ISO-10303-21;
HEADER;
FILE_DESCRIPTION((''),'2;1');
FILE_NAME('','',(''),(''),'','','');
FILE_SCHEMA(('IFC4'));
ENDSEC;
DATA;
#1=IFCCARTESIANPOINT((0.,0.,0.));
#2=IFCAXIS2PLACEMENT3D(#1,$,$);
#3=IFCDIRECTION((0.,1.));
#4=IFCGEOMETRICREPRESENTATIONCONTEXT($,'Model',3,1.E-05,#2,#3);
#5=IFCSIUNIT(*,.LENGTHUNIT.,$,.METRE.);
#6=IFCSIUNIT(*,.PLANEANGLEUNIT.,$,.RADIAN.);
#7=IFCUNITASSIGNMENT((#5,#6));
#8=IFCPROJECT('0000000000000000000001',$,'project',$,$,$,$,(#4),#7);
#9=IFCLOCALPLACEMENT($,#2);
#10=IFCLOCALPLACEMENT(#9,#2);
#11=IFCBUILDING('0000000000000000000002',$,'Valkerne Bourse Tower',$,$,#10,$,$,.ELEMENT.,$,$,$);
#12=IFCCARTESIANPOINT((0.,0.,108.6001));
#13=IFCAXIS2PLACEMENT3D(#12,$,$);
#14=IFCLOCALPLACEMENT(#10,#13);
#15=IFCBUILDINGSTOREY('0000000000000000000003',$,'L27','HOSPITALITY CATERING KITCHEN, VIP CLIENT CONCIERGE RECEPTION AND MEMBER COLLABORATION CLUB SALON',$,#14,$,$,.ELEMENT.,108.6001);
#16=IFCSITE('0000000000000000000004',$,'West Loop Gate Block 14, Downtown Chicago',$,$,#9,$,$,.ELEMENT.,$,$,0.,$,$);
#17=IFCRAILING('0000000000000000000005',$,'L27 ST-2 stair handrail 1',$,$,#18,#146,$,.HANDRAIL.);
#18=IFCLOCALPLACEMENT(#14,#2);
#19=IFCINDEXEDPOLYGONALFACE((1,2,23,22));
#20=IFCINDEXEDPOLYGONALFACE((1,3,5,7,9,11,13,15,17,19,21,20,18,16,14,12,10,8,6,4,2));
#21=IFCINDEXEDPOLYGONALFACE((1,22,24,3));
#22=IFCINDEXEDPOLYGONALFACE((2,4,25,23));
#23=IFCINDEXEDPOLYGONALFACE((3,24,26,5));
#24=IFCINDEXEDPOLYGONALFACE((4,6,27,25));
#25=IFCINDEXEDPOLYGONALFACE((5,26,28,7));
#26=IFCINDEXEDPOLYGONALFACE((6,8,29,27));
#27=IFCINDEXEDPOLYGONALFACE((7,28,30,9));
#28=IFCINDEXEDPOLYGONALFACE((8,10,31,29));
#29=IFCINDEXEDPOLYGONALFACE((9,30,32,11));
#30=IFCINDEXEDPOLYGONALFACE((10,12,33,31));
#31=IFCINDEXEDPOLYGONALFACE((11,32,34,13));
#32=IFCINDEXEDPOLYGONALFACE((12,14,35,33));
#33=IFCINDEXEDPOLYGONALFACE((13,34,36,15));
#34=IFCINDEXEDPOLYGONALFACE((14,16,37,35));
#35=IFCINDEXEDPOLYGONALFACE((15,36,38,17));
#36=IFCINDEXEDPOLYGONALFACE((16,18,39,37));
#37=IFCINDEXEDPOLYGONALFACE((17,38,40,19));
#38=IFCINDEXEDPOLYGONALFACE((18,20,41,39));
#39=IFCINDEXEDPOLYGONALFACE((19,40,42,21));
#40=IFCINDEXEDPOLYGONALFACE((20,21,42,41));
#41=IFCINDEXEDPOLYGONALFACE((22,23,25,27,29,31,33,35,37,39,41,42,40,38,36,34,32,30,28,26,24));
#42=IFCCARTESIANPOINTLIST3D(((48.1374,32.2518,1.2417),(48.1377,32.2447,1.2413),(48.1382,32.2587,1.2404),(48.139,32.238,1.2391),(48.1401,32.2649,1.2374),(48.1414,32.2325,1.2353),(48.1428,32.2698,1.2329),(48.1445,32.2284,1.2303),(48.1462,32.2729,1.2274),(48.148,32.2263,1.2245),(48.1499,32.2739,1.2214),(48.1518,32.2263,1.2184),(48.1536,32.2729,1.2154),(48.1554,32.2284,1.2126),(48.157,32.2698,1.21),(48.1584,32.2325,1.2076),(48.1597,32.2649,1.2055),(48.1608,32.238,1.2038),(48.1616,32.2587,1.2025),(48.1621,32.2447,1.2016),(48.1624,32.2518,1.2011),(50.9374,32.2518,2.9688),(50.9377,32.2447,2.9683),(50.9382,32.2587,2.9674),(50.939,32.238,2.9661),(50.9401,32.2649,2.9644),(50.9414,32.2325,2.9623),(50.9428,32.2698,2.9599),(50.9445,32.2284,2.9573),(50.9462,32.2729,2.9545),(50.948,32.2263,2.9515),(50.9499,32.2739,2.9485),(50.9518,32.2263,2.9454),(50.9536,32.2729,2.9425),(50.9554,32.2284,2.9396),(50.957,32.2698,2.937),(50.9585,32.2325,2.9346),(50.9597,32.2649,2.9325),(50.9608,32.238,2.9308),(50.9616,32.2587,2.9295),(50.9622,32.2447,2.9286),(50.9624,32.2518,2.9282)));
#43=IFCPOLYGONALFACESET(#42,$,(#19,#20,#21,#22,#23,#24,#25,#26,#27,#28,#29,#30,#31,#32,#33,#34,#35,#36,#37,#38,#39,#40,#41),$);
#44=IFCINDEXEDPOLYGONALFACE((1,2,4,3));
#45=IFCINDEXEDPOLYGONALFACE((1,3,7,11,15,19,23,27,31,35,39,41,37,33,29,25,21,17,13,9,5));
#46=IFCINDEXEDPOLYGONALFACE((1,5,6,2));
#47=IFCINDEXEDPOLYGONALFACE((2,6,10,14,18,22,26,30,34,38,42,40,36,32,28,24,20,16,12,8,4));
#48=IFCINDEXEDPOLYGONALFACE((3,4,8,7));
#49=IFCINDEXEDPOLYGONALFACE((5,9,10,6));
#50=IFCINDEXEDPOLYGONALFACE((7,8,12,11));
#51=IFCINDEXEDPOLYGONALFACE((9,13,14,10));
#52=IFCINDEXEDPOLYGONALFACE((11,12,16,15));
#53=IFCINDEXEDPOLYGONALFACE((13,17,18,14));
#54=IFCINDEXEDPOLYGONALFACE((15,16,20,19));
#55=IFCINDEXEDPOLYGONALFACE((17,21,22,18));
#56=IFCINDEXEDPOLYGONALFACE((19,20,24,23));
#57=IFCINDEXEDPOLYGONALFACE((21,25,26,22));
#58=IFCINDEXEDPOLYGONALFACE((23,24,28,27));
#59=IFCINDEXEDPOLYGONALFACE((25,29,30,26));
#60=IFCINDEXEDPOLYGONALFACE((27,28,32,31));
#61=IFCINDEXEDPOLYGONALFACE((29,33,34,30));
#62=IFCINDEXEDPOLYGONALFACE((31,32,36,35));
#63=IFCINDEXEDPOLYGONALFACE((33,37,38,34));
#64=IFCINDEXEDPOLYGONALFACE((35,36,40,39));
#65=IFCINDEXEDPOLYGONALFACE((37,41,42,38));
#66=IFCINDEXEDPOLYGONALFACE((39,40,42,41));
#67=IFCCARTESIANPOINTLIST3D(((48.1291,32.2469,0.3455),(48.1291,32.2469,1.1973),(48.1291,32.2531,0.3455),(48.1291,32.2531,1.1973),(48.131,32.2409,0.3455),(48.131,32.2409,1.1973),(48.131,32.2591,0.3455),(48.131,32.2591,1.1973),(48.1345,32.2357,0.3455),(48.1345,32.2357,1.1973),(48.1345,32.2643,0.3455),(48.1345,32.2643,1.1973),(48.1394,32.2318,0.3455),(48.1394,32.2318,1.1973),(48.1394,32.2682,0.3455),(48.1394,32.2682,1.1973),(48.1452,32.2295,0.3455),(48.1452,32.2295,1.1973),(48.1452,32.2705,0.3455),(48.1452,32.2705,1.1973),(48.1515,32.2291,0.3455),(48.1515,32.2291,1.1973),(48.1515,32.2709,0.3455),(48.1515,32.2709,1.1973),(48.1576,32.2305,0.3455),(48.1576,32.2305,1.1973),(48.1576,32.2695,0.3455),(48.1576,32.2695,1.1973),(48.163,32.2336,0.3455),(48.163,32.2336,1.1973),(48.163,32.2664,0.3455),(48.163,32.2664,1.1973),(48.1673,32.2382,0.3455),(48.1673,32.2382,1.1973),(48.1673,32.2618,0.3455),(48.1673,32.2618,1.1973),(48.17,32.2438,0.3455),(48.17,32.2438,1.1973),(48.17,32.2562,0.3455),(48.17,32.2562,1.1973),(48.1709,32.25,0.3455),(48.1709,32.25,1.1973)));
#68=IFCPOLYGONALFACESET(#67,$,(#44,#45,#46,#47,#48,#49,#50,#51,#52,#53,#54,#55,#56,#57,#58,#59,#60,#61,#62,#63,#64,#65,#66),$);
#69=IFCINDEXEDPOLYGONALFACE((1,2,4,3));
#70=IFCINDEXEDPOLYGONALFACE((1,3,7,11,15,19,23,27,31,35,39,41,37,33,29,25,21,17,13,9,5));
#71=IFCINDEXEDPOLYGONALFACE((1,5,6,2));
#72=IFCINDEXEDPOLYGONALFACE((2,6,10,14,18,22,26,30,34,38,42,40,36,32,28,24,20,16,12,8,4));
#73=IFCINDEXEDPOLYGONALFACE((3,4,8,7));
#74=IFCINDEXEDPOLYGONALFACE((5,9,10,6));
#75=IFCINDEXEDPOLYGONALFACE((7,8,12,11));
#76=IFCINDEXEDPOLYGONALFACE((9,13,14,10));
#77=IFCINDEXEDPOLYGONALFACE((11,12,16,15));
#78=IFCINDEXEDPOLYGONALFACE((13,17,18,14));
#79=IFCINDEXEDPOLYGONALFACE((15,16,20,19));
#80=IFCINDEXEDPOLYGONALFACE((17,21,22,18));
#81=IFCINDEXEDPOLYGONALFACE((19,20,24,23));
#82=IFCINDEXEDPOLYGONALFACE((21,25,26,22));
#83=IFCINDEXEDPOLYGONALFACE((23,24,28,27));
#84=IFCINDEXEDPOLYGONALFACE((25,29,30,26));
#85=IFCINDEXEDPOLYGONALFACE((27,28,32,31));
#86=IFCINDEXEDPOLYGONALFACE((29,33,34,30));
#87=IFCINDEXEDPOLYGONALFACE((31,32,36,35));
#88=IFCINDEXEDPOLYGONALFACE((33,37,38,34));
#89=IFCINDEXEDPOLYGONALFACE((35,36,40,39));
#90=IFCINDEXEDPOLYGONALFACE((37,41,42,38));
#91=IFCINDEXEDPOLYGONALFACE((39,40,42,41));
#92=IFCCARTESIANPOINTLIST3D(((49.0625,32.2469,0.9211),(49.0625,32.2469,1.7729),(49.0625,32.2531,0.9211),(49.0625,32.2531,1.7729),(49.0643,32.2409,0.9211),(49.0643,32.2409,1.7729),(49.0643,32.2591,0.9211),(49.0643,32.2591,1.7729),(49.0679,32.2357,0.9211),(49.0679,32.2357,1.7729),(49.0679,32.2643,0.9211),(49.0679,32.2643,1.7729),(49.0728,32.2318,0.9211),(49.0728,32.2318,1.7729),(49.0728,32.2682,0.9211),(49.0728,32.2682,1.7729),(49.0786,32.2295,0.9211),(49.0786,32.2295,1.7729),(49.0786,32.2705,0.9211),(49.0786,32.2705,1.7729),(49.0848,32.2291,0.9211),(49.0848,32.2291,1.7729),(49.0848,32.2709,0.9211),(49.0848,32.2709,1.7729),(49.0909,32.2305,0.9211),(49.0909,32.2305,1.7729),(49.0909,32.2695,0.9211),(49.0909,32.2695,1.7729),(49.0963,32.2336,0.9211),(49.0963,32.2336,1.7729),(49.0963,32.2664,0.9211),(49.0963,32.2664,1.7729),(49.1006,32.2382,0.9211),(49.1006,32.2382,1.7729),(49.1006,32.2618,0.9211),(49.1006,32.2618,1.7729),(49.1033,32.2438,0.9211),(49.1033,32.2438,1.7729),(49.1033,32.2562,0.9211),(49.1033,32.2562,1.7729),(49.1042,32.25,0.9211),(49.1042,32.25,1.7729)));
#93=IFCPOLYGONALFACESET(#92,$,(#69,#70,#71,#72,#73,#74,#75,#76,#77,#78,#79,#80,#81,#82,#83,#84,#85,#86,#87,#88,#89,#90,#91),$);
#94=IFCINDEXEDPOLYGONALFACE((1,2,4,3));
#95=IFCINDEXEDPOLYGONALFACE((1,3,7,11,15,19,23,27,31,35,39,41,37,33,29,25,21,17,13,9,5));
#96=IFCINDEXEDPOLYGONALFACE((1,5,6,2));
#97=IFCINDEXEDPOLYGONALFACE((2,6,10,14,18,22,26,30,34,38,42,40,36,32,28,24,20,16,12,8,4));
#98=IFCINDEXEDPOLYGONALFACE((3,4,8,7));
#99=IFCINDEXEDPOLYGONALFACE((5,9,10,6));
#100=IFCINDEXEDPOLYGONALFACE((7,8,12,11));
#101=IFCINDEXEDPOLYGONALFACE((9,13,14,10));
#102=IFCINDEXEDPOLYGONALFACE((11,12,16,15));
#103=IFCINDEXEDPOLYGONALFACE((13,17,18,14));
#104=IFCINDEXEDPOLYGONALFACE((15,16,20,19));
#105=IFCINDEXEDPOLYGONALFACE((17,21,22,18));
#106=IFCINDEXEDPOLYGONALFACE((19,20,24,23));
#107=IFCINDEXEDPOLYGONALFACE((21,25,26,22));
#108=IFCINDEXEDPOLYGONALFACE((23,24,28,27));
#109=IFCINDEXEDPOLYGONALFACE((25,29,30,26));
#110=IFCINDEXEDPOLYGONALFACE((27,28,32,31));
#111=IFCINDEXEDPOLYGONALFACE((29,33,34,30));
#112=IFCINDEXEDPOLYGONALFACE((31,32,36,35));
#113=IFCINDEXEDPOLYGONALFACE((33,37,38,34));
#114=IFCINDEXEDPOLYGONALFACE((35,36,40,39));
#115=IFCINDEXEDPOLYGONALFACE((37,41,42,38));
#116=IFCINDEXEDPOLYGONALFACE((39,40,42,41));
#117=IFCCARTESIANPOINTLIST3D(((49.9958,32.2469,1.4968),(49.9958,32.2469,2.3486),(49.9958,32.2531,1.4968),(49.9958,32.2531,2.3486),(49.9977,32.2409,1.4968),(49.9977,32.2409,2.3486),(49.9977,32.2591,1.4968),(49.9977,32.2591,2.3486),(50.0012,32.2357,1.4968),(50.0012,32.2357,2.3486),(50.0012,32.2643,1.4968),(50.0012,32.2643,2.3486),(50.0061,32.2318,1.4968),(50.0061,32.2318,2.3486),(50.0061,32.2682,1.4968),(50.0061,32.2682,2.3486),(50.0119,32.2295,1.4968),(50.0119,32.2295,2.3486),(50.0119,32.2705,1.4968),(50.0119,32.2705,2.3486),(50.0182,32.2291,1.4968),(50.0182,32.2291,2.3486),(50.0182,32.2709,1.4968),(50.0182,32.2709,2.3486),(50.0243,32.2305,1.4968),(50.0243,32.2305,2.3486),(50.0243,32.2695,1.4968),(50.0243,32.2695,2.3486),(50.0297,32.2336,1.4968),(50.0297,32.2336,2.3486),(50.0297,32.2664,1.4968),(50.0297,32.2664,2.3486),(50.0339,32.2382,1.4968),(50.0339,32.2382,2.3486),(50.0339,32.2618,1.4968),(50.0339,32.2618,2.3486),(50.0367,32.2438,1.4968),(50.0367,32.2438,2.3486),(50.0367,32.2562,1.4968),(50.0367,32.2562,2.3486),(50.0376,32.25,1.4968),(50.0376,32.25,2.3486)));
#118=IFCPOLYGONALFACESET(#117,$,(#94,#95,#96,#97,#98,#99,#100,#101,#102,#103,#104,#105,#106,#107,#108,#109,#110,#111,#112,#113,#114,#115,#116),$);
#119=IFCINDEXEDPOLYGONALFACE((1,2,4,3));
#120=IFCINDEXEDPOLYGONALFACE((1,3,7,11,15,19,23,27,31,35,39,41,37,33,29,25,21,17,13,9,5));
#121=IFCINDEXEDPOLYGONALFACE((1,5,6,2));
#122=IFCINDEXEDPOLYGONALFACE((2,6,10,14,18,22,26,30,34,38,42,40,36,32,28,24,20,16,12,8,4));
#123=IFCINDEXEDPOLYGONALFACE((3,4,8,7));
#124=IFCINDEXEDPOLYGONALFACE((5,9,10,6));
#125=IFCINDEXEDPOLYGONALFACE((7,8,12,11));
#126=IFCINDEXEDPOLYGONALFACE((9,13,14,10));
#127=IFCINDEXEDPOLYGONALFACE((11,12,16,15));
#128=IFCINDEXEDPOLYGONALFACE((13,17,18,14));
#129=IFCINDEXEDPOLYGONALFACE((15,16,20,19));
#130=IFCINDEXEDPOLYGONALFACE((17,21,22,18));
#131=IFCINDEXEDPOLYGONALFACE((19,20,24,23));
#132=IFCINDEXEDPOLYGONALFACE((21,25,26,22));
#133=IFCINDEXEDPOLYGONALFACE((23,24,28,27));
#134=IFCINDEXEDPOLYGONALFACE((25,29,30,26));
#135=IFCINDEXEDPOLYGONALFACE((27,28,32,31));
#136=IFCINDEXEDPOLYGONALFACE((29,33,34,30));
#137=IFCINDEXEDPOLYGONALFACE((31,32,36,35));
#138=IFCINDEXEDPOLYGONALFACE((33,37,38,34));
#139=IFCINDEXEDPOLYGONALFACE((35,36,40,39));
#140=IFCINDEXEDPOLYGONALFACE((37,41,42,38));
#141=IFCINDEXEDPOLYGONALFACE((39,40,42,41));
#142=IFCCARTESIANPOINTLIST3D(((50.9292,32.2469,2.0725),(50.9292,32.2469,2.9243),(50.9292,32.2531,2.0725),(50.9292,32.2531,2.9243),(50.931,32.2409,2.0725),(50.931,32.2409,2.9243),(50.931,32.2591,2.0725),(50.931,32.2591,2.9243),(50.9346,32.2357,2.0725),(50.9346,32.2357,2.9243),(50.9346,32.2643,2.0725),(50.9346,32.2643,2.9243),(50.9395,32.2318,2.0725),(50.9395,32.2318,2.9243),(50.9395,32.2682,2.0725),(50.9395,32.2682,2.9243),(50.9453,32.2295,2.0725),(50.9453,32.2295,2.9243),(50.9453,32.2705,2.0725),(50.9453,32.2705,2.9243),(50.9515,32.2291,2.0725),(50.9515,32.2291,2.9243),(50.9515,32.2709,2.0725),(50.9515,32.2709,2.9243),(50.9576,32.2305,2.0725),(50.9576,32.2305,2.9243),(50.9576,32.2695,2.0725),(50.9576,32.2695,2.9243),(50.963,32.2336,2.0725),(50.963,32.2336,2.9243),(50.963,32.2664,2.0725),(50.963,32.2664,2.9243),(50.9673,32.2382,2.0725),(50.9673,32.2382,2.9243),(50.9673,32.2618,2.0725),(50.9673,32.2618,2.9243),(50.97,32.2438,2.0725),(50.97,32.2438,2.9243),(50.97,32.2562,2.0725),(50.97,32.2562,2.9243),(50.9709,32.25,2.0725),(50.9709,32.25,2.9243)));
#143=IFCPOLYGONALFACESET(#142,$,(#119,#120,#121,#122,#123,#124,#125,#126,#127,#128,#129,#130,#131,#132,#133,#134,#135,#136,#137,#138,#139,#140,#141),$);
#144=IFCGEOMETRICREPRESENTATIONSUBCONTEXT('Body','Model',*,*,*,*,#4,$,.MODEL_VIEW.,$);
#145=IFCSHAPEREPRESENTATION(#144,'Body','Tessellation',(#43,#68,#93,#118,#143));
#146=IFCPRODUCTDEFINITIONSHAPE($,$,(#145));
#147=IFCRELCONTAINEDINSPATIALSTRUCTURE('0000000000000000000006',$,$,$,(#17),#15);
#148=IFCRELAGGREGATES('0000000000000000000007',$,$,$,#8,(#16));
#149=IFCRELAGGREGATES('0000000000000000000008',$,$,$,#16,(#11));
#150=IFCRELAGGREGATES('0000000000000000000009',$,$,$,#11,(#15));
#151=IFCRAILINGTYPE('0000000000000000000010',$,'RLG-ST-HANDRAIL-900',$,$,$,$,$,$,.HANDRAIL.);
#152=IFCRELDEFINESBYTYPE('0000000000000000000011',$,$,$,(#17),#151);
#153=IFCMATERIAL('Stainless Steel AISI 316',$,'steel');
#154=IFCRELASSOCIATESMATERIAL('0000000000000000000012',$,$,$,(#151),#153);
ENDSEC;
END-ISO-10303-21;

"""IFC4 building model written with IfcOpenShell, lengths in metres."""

from ifc_helpers import new_model, si_unit, direction, frame, origin, origin_2d, place, context, subcontext, project, spatial, circle, extrude, material, type_object, element, save


model = new_model("IFC4")

# Units and contexts
model_context = context("Model", 3, precision=1e-05, world=origin(), true_north=direction((0.0, 1.0)))
body_context = subcontext(model_context, "Body", "Model", "MODEL_VIEW")
ifc_project = project(units=[si_unit("LENGTHUNIT", "METRE"), si_unit("PLANEANGLEUNIT", "RADIAN")], contexts=[model_context])

# Site, building, storey
site_placement = place(None, origin())
site = spatial("IfcSite", under=ifc_project, at=site_placement, Name="West Loop Gate Block 14, Downtown Chicago", CompositionType="ELEMENT", RefElevation=0.0)
building_placement = place(site_placement, origin())
building = spatial("IfcBuilding", under=site, at=building_placement, Name="Valkerne Bourse Tower", CompositionType="ELEMENT")
storey_placement = place(building_placement, frame((0.0, 0.0, 108.6001)))
storey = spatial("IfcBuildingStorey", under=building, at=storey_placement, Name="L27", Description="HOSPITALITY CATERING KITCHEN, VIP CLIENT CONCIERGE RECEPTION AND MEMBER COLLABORATION CLUB SALON", CompositionType="ELEMENT", Elevation=108.6001)

# Shared definitions
ifc_material_1 = material(Name="Stainless Steel AISI 316", Category="steel")

# Railing
railing_type_1 = type_object("IfcRailingType", Name="RLG-ST-HANDRAIL-900", PredefinedType="HANDRAIL", material=ifc_material_1)
railing_1_placement = place(storey_placement, frame((48.1499, 32.25, 0.3455)))
element("IfcRailing", 1, at=railing_1_placement, inside=storey, type_object=railing_type_1, Name="L27 ST-2 stair handrail 1", PredefinedType="HANDRAIL", context=body_context, shape_type="SweptSolid", body=[
    extrude(circle(Radius=0.0239, at=origin_2d()), frame((0.0, 0.0, 0.876), z_axis=(0.851123, 0.0, 0.524967), x_axis=(0.0, 1.0, 0.0)), (0.0, 0.0, 1.0), 3.2898),
    extrude(circle(Radius=0.021, at=origin_2d()), origin(), (0.0, 0.0, 1.0), 0.8518),
    extrude(circle(Radius=0.021, at=origin_2d()), frame((0.9333, 0.0, 0.5757)), (0.0, 0.0, 1.0), 0.8518),
    extrude(circle(Radius=0.021, at=origin_2d()), frame((1.8667, 0.0, 1.1514)), (0.0, 0.0, 1.0), 0.8518),
    extrude(circle(Radius=0.021, at=origin_2d()), frame((2.8, 0.0, 1.7271)), (0.0, 0.0, 1.0), 0.8518),
])

save(model, "model.ifc")
